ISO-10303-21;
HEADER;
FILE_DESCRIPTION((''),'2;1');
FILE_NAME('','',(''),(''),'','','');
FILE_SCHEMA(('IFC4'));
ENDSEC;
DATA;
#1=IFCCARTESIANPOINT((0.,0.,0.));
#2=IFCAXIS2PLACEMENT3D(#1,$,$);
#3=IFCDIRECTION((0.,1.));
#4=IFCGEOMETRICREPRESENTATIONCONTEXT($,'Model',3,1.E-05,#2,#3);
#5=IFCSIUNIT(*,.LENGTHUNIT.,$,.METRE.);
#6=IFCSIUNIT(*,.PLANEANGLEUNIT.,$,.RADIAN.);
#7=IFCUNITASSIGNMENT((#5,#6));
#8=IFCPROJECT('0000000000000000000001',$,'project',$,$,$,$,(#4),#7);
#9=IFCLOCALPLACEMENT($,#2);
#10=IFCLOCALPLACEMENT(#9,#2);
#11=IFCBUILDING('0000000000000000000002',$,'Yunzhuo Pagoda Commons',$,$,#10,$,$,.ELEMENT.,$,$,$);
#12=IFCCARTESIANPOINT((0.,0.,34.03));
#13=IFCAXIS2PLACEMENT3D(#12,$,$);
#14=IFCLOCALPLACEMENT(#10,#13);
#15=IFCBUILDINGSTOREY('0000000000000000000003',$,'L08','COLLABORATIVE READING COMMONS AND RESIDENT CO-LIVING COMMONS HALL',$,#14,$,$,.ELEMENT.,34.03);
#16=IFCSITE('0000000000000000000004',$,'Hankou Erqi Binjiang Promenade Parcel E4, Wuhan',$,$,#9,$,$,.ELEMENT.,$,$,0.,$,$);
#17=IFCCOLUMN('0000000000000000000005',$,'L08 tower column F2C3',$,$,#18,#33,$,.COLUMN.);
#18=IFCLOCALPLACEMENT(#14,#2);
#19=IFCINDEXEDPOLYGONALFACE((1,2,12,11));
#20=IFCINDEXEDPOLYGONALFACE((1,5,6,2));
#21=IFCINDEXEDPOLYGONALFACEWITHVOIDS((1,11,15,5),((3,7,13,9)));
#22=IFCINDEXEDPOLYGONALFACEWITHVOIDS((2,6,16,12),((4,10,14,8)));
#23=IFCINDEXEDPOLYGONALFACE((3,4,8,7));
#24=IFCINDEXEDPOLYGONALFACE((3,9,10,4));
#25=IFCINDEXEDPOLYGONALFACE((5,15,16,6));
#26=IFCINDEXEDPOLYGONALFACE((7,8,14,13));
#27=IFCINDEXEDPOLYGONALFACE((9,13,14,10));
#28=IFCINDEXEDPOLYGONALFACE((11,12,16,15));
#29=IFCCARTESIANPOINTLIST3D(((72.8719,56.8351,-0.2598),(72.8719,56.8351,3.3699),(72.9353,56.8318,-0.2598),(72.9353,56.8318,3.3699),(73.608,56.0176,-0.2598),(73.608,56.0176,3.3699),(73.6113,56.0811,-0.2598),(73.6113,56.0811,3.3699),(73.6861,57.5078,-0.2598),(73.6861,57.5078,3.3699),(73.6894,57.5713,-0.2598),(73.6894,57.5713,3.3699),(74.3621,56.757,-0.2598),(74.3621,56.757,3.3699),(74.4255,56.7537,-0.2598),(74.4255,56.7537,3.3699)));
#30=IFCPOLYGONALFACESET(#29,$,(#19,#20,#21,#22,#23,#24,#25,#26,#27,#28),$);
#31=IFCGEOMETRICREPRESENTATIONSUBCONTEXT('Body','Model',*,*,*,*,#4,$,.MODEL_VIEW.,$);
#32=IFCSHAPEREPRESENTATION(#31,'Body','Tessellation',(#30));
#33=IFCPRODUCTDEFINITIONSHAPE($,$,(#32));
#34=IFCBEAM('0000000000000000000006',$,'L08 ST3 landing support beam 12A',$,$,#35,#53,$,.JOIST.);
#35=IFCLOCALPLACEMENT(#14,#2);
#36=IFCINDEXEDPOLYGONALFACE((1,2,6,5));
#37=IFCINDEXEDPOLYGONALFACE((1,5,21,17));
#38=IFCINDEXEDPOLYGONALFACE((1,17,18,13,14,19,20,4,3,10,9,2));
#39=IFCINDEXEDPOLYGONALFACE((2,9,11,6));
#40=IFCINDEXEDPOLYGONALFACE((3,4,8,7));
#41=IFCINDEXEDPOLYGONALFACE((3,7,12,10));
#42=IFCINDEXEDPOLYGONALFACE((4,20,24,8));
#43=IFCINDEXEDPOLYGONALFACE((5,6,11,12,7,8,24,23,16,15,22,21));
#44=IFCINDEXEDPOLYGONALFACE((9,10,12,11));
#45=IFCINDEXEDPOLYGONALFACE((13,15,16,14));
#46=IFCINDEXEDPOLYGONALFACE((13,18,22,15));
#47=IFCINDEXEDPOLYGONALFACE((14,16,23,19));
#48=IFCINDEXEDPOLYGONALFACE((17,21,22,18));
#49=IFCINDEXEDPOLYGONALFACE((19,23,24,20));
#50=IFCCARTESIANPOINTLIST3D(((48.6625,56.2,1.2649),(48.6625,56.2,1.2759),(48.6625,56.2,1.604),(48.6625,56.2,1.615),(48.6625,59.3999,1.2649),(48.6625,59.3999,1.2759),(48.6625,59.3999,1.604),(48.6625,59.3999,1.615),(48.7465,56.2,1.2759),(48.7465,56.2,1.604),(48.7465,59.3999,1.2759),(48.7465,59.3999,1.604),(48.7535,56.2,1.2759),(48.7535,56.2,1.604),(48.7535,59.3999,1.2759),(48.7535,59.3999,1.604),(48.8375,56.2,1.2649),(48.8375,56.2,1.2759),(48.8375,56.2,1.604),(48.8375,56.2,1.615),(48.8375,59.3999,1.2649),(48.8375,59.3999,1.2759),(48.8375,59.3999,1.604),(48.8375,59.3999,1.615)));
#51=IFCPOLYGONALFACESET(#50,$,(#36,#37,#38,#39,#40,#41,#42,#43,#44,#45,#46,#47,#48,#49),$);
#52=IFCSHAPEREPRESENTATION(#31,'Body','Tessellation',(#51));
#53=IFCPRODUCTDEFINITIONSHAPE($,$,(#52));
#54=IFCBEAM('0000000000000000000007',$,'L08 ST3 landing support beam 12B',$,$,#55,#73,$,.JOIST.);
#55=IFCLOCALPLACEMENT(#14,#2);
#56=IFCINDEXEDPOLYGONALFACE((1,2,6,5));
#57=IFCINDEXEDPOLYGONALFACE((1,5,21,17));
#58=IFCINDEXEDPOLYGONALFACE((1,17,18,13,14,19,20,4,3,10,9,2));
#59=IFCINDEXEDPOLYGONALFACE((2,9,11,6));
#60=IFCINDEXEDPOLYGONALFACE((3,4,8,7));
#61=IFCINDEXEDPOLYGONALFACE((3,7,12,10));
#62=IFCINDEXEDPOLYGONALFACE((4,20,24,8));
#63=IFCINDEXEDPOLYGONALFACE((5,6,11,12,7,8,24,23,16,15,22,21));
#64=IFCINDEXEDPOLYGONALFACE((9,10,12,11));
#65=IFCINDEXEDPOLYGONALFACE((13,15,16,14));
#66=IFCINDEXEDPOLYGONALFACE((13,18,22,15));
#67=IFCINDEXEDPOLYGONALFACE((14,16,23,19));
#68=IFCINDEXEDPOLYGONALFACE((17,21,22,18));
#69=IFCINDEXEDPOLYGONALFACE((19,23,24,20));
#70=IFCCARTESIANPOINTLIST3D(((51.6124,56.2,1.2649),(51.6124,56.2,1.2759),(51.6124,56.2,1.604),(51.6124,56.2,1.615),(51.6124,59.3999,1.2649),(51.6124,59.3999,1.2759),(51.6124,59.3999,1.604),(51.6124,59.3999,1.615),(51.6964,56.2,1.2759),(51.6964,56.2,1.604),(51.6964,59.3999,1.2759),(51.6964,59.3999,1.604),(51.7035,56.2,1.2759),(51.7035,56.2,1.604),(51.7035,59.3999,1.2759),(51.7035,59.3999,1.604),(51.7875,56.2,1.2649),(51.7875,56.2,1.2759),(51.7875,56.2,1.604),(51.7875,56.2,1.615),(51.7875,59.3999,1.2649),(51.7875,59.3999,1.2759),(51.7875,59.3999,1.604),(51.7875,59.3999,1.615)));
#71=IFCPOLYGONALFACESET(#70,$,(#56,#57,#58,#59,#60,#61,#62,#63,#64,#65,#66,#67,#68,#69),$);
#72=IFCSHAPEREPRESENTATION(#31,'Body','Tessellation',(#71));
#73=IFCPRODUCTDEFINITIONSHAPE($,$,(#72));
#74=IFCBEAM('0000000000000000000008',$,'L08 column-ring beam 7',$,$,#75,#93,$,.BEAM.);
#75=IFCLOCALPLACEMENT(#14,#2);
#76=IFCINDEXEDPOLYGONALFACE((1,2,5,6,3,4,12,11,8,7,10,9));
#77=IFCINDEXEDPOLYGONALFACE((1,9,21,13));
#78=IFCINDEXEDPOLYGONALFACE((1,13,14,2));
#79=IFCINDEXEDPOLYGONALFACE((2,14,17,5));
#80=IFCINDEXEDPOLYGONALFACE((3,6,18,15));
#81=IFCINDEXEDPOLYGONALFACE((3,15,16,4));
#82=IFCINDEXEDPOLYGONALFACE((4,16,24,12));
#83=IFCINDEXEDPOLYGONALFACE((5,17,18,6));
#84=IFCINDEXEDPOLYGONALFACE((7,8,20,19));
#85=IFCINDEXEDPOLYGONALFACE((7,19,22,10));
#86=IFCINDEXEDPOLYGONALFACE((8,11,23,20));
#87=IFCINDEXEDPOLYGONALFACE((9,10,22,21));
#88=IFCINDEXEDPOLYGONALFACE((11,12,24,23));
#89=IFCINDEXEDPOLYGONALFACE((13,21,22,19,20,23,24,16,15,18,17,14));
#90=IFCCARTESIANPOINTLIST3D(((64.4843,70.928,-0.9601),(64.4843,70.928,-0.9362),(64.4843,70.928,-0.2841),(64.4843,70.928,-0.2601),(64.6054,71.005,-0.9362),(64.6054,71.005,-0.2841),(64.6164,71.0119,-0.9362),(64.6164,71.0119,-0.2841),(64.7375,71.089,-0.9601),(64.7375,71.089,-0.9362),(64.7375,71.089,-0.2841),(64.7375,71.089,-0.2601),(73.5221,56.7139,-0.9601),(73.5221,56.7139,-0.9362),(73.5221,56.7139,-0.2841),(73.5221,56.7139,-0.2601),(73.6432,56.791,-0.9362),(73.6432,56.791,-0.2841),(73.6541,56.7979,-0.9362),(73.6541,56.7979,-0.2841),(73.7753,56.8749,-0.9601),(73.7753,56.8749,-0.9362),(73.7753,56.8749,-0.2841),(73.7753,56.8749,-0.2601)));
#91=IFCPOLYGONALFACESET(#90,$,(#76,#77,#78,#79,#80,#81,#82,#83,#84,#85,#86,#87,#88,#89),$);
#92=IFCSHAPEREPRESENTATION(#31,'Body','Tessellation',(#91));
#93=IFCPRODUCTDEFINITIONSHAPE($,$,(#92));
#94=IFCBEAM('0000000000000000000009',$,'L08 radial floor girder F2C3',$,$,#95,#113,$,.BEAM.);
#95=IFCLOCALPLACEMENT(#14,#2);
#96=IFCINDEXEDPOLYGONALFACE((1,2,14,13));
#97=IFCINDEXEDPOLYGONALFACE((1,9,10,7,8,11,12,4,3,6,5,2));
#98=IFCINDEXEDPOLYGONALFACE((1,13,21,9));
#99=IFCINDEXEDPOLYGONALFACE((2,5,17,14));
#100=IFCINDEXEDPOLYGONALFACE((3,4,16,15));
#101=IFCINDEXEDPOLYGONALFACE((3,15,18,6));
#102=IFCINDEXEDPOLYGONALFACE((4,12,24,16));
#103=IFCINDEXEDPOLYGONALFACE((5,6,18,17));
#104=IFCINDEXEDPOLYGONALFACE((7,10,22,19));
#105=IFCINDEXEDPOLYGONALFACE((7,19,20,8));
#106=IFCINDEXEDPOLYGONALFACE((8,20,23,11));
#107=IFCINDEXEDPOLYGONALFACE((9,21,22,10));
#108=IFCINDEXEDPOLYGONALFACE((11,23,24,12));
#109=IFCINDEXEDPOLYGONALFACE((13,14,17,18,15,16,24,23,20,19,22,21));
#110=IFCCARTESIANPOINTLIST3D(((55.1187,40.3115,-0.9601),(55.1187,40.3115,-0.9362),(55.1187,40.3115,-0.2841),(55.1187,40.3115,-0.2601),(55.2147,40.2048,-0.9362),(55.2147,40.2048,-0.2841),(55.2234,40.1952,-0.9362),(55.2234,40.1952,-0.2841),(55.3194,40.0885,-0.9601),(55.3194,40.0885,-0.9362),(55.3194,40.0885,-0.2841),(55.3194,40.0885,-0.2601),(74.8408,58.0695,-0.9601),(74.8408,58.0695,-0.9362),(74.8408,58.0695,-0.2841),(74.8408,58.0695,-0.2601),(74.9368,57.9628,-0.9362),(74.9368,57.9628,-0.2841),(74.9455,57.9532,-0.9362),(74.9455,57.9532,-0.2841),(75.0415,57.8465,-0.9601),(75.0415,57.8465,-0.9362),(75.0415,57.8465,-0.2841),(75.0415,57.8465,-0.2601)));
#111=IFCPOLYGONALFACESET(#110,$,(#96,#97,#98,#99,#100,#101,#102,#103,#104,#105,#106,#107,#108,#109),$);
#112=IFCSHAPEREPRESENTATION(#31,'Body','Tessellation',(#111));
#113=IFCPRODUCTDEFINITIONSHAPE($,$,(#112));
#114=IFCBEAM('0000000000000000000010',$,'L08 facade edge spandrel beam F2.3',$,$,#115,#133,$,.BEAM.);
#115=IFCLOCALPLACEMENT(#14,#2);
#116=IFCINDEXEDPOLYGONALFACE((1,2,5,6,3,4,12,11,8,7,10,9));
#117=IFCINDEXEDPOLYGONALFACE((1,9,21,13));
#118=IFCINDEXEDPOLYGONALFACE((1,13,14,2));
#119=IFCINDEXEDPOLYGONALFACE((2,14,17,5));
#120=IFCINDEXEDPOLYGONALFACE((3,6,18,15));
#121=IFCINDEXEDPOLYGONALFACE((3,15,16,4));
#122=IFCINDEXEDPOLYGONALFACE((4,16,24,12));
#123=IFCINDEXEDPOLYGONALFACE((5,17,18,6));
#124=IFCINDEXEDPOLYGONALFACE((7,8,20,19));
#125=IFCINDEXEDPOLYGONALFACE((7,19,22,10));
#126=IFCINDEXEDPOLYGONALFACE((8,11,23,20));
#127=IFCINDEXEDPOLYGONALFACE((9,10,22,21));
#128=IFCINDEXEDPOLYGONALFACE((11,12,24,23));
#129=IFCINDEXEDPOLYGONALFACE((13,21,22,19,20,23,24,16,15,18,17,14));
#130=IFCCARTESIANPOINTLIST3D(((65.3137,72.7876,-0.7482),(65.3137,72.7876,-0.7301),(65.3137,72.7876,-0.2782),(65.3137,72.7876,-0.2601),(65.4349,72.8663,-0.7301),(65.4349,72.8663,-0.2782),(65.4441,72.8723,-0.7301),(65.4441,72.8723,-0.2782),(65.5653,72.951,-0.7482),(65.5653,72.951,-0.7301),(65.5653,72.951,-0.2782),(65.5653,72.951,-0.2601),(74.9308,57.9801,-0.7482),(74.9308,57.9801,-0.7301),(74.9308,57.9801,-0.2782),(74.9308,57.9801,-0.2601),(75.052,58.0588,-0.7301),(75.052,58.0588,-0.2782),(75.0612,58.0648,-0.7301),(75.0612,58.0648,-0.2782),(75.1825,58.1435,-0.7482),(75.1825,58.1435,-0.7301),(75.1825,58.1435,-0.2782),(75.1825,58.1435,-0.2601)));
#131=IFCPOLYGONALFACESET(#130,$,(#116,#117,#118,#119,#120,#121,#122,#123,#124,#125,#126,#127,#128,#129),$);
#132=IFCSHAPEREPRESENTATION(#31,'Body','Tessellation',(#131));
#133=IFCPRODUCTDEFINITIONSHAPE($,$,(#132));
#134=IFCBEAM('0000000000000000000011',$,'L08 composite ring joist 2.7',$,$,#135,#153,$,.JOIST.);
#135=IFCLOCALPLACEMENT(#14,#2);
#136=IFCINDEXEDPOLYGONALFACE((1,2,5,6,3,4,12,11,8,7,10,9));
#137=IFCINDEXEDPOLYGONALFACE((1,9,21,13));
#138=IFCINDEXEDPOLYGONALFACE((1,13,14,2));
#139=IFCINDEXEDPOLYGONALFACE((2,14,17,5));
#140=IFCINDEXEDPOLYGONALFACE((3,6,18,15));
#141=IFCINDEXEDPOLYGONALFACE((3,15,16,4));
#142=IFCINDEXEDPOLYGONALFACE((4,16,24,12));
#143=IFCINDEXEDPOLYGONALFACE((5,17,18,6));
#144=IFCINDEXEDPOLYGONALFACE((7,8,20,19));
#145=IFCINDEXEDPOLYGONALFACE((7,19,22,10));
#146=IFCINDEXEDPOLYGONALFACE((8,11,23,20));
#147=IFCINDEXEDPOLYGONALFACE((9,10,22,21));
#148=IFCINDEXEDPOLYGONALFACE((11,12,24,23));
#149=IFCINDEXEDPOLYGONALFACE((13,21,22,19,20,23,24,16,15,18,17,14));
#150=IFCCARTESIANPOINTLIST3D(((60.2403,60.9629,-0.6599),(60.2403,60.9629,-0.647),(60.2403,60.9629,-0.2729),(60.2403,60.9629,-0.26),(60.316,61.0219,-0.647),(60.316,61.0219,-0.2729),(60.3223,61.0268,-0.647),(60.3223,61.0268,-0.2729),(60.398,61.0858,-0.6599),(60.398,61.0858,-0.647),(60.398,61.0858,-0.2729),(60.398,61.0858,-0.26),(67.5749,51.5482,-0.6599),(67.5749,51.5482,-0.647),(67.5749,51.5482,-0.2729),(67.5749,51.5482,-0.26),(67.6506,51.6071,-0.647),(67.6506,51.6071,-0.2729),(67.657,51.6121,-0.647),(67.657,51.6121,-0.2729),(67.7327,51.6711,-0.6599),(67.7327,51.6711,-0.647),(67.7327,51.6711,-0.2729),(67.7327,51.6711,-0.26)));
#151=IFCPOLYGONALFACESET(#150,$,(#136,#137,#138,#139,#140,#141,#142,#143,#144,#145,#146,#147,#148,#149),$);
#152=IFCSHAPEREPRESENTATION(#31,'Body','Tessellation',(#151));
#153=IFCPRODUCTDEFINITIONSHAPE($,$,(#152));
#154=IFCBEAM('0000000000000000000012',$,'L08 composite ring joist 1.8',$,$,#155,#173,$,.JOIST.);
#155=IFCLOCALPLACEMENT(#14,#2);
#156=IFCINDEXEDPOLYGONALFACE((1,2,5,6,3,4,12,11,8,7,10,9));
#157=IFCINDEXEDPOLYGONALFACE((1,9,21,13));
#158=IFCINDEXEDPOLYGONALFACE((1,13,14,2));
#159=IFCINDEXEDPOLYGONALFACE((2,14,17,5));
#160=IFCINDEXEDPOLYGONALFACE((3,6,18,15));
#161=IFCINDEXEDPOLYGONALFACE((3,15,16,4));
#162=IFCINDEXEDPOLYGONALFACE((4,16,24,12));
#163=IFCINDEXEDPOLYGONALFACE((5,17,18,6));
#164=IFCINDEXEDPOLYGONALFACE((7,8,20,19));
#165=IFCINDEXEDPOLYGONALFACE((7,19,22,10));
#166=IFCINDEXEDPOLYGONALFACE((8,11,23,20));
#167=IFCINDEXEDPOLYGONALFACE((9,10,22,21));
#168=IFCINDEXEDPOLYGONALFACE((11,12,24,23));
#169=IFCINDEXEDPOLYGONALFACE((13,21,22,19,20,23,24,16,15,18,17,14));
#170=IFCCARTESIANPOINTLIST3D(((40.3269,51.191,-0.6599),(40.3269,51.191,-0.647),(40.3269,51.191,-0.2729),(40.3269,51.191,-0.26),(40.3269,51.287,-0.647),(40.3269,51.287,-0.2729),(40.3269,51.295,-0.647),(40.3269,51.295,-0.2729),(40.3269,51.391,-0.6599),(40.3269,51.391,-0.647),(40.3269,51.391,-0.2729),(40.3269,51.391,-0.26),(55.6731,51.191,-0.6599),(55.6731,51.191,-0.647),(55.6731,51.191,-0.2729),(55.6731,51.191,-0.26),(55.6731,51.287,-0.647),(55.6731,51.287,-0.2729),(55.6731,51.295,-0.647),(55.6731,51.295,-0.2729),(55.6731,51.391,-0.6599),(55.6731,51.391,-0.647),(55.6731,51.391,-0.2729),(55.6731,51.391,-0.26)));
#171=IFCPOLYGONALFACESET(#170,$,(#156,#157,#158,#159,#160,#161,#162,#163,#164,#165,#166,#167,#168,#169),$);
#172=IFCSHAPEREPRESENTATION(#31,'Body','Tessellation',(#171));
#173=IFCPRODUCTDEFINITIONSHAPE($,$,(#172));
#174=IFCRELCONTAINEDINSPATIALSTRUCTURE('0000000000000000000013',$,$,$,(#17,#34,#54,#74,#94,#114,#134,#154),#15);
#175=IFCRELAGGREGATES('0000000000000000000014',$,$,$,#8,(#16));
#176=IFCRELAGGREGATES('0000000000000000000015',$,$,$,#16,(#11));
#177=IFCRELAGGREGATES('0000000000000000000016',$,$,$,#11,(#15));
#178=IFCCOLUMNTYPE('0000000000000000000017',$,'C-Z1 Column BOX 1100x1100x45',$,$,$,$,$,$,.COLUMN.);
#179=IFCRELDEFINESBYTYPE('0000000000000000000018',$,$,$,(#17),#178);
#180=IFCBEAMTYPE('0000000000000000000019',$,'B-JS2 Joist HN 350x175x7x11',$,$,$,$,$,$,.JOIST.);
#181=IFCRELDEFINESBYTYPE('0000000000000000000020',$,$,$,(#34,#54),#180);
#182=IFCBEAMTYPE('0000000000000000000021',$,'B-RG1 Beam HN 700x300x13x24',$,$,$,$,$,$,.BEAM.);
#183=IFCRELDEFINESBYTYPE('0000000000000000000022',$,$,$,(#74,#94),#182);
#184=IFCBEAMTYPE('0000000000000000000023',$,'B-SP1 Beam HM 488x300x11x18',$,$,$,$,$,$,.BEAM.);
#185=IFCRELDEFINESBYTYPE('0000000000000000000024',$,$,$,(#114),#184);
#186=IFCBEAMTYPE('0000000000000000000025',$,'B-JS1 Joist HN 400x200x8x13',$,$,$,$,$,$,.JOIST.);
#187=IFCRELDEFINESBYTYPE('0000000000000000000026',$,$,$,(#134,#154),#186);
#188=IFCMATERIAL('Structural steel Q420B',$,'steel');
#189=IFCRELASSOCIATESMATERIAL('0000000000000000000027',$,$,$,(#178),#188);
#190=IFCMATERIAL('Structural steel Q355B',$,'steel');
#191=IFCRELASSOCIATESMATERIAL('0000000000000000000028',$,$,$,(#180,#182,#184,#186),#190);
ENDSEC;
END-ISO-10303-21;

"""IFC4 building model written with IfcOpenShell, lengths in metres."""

from ifc_helpers import new_model, si_unit, direction, frame, origin, origin_2d, place, context, subcontext, project, spatial, hollow_rectangle, i_section, extrude, source, transform, mapped, material, material_profile, profile_set, type_object, element, save


model = new_model("IFC4")

# Units and contexts
model_context = context("Model", 3, precision=1e-05, world=origin(), true_north=direction((0.0, 1.0)))
body_context = subcontext(model_context, "Body", "Model", "MODEL_VIEW")
ifc_project = project(units=[si_unit("LENGTHUNIT", "METRE"), si_unit("PLANEANGLEUNIT", "RADIAN")], contexts=[model_context])

# Site, building, storey
site_placement = place(None, origin())
site = spatial("IfcSite", under=ifc_project, at=site_placement, Name="Hankou Erqi Binjiang Promenade Parcel E4, Wuhan", CompositionType="ELEMENT", RefElevation=0.0)
building_placement = place(site_placement, origin())
building = spatial("IfcBuilding", under=site, at=building_placement, Name="Yunzhuo Pagoda Commons", CompositionType="ELEMENT")
storey_placement = place(building_placement, frame((0.0, 0.0, 34.03)))
storey = spatial("IfcBuildingStorey", under=building, at=storey_placement, Name="L08", Description="COLLABORATIVE READING COMMONS AND RESIDENT CO-LIVING COMMONS HALL", CompositionType="ELEMENT", Elevation=34.03)

# Column
ifc_material_1 = material(Name="Structural steel Q420B", Category="steel")
ifc_material_profile_1 = material_profile(ifc_material_1, hollow_rectangle(XDim=1.1001, YDim=1.1001, WallThickness=0.0449, at=origin_2d()), Name="Structural steel Q420B")
ifc_profile_set_1 = profile_set([ifc_material_profile_1], Name="Structural steel Q420B")
column_type = type_object("IfcColumnType", Name="C-Z1 Column BOX 1100x1100x45", PredefinedType="COLUMN", material=ifc_profile_set_1)
shared_shape_1 = source(origin(), body_context, "Body", "SweptSolid", [
    extrude(hollow_rectangle(XDim=1.1001, YDim=1.1001, WallThickness=0.0449, at=origin_2d()), origin(), (0.0, 0.0, 1.0), 3.6296),
])
column_placement = place(storey_placement, frame((73.6487, 56.7944, -0.2598), z_axis=(0.0, 0.0, 1.0), x_axis=(-0.669131, 0.743145, 0.0)))
element("IfcColumn", 1, at=column_placement, inside=storey, type_object=column_type, Name="L08 tower column F2C3", PredefinedType="COLUMN", context=body_context, shape_type="MappedRepresentation", body=[
    mapped(shared_shape_1, transform((0.0, 0.0, 0.0), scale=1.0)),
])

# Beams
ifc_material_2 = material(Name="Structural steel Q355B", Category="steel")
ifc_material_profile_2 = material_profile(ifc_material_2, i_section(OverallWidth=0.175, OverallDepth=0.3501, WebThickness=0.0071, FlangeThickness=0.011, at=origin_2d()), Name="Structural steel Q355B")
ifc_profile_set_2 = profile_set([ifc_material_profile_2], Name="Structural steel Q355B")
beam_type_1 = type_object("IfcBeamType", Name="B-JS2 Joist HN 350x175x7x11", PredefinedType="JOIST", material=ifc_profile_set_2)
shared_shape_2 = source(origin(), body_context, "Body", "SweptSolid", [
    extrude(i_section(OverallWidth=0.175, OverallDepth=0.3501, WebThickness=0.0071, FlangeThickness=0.011, at=origin_2d()), origin(), (0.0, 0.0, 1.0), 3.2),
])
for number, where, z_axis, x_axis, name in (
    (2, (48.75, 56.2, 1.4399), (0.0, 1.0, 0.0), (-1.0, 0.0, 0.0), "L08 ST3 landing support beam 12A"),
    (3, (51.7, 56.2, 1.4399), (0.0, 1.0, 0.0), (-1.0, 0.0, 0.0), "L08 ST3 landing support beam 12B"),
):
    element("IfcBeam", number, at=place(storey_placement, frame(where, z_axis=z_axis, x_axis=x_axis)), inside=storey, type_object=beam_type_1, Name=name, PredefinedType="JOIST", context=body_context, shape_type="MappedRepresentation", body=[
        mapped(shared_shape_2, transform((0.0, 0.0, 0.0), scale=1.0)),
    ])
ifc_material_profile_3 = material_profile(ifc_material_2, i_section(OverallWidth=0.3, OverallDepth=0.7, WebThickness=0.0129, FlangeThickness=0.0239, at=origin_2d()), Name="Structural steel Q355B")
ifc_profile_set_3 = profile_set([ifc_material_profile_3], Name="Structural steel Q355B")
beam_type_2 = type_object("IfcBeamType", Name="B-RG1 Beam HN 700x300x13x24", PredefinedType="BEAM", material=ifc_profile_set_3)
shared_shape_3 = source(origin(), body_context, "Body", "SweptSolid", [
    extrude(i_section(OverallWidth=0.3, OverallDepth=0.7, WebThickness=0.0129, FlangeThickness=0.0239, at=origin_2d()), origin(), (0.0, 0.0, 1.0), 16.844),
])
beam_1_placement = place(storey_placement, frame((73.6487, 56.7944, -0.6101), z_axis=(-0.536558, 0.843863, 0.0), x_axis=(-0.843863, -0.536558, 0.0)))
element("IfcBeam", 4, at=beam_1_placement, inside=storey, type_object=beam_type_2, Name="L08 column-ring beam 7", PredefinedType="BEAM", context=body_context, shape_type="MappedRepresentation", body=[
    mapped(shared_shape_3, transform((0.0, 0.0, 0.0), scale=1.0)),
])
shared_shape_4 = source(origin(), body_context, "Body", "SweptSolid", [
    extrude(i_section(OverallWidth=0.3, OverallDepth=0.7, WebThickness=0.0129, FlangeThickness=0.0239, at=origin_2d()), origin(), (0.0, 0.0, 1.0), 26.5388),
])
beam_2_placement = place(storey_placement, frame((74.9412, 57.958, -0.6101), z_axis=(-0.743142, -0.669133, 0.0), x_axis=(0.669133, -0.743142, 0.0)))
element("IfcBeam", 5, at=beam_2_placement, inside=storey, type_object=beam_type_2, Name="L08 radial floor girder F2C3", PredefinedType="BEAM", context=body_context, shape_type="MappedRepresentation", body=[
    mapped(shared_shape_4, transform((0.0, 0.0, 0.0), scale=1.0)),
])
ifc_material_profile_4 = material_profile(ifc_material_2, i_section(OverallWidth=0.3, OverallDepth=0.488, WebThickness=0.011, FlangeThickness=0.0181, at=origin_2d()), Name="Structural steel Q355B")
ifc_profile_set_4 = profile_set([ifc_material_profile_4], Name="Structural steel Q355B")
beam_type_3 = type_object("IfcBeamType", Name="B-SP1 Beam HM 488x300x11x18", PredefinedType="BEAM", material=ifc_profile_set_4)
shared_shape_5 = source(origin(), body_context, "Body", "SweptSolid", [
    extrude(i_section(OverallWidth=0.3, OverallDepth=0.488, WebThickness=0.011, FlangeThickness=0.0181, at=origin_2d()), origin(), (0.0, 0.0, 1.0), 17.6565),
])
beam_3_placement = place(storey_placement, frame((75.0566, 58.0618, -0.5042), z_axis=(-0.544679, 0.838644, 0.0), x_axis=(-0.838644, -0.544679, 0.0)))
element("IfcBeam", 6, at=beam_3_placement, inside=storey, type_object=beam_type_3, Name="L08 facade edge spandrel beam F2.3", PredefinedType="BEAM", context=body_context, shape_type="MappedRepresentation", body=[
    mapped(shared_shape_5, transform((0.0, 0.0, 0.0), scale=1.0)),
])
ifc_material_profile_5 = material_profile(ifc_material_2, i_section(OverallWidth=0.2, OverallDepth=0.3999, WebThickness=0.0081, FlangeThickness=0.0129, at=origin_2d()), Name="Structural steel Q355B")
ifc_profile_set_5 = profile_set([ifc_material_profile_5], Name="Structural steel Q355B")
beam_type_4 = type_object("IfcBeamType", Name="B-JS1 Joist HN 400x200x8x13", PredefinedType="JOIST", material=ifc_profile_set_5)
shared_shape_6 = source(origin(), body_context, "Body", "SweptSolid", [
    extrude(i_section(OverallWidth=0.2, OverallDepth=0.3999, WebThickness=0.0081, FlangeThickness=0.0129, at=origin_2d()), origin(), (0.0, 0.0, 1.0), 11.9346),
])
beam_4_placement = place(storey_placement, frame((67.6538, 51.6096, -0.46), z_axis=(-0.614572, 0.788861, 0.0), x_axis=(-0.788861, -0.614572, 0.0)))
element("IfcBeam", 7, at=beam_4_placement, inside=storey, type_object=beam_type_4, Name="L08 composite ring joist 2.7", PredefinedType="JOIST", context=body_context, shape_type="MappedRepresentation", body=[
    mapped(shared_shape_6, transform((0.0, 0.0, 0.0), scale=1.0)),
])
shared_shape_7 = source(origin(), body_context, "Body", "SweptSolid", [
    extrude(i_section(OverallWidth=0.2, OverallDepth=0.3999, WebThickness=0.0081, FlangeThickness=0.0129, at=origin_2d()), origin(), (0.0, 0.0, 1.0), 15.3462),
])
beam_5_placement = place(storey_placement, frame((55.6731, 51.291, -0.46), z_axis=(-1.0, 0.0, 0.0), x_axis=(0.0, -1.0, 0.0)))
element("IfcBeam", 8, at=beam_5_placement, inside=storey, type_object=beam_type_4, Name="L08 composite ring joist 1.8", PredefinedType="JOIST", context=body_context, shape_type="MappedRepresentation", body=[
    mapped(shared_shape_7, transform((0.0, 0.0, 0.0), scale=1.0)),
])

save(model, "model.ifc")
